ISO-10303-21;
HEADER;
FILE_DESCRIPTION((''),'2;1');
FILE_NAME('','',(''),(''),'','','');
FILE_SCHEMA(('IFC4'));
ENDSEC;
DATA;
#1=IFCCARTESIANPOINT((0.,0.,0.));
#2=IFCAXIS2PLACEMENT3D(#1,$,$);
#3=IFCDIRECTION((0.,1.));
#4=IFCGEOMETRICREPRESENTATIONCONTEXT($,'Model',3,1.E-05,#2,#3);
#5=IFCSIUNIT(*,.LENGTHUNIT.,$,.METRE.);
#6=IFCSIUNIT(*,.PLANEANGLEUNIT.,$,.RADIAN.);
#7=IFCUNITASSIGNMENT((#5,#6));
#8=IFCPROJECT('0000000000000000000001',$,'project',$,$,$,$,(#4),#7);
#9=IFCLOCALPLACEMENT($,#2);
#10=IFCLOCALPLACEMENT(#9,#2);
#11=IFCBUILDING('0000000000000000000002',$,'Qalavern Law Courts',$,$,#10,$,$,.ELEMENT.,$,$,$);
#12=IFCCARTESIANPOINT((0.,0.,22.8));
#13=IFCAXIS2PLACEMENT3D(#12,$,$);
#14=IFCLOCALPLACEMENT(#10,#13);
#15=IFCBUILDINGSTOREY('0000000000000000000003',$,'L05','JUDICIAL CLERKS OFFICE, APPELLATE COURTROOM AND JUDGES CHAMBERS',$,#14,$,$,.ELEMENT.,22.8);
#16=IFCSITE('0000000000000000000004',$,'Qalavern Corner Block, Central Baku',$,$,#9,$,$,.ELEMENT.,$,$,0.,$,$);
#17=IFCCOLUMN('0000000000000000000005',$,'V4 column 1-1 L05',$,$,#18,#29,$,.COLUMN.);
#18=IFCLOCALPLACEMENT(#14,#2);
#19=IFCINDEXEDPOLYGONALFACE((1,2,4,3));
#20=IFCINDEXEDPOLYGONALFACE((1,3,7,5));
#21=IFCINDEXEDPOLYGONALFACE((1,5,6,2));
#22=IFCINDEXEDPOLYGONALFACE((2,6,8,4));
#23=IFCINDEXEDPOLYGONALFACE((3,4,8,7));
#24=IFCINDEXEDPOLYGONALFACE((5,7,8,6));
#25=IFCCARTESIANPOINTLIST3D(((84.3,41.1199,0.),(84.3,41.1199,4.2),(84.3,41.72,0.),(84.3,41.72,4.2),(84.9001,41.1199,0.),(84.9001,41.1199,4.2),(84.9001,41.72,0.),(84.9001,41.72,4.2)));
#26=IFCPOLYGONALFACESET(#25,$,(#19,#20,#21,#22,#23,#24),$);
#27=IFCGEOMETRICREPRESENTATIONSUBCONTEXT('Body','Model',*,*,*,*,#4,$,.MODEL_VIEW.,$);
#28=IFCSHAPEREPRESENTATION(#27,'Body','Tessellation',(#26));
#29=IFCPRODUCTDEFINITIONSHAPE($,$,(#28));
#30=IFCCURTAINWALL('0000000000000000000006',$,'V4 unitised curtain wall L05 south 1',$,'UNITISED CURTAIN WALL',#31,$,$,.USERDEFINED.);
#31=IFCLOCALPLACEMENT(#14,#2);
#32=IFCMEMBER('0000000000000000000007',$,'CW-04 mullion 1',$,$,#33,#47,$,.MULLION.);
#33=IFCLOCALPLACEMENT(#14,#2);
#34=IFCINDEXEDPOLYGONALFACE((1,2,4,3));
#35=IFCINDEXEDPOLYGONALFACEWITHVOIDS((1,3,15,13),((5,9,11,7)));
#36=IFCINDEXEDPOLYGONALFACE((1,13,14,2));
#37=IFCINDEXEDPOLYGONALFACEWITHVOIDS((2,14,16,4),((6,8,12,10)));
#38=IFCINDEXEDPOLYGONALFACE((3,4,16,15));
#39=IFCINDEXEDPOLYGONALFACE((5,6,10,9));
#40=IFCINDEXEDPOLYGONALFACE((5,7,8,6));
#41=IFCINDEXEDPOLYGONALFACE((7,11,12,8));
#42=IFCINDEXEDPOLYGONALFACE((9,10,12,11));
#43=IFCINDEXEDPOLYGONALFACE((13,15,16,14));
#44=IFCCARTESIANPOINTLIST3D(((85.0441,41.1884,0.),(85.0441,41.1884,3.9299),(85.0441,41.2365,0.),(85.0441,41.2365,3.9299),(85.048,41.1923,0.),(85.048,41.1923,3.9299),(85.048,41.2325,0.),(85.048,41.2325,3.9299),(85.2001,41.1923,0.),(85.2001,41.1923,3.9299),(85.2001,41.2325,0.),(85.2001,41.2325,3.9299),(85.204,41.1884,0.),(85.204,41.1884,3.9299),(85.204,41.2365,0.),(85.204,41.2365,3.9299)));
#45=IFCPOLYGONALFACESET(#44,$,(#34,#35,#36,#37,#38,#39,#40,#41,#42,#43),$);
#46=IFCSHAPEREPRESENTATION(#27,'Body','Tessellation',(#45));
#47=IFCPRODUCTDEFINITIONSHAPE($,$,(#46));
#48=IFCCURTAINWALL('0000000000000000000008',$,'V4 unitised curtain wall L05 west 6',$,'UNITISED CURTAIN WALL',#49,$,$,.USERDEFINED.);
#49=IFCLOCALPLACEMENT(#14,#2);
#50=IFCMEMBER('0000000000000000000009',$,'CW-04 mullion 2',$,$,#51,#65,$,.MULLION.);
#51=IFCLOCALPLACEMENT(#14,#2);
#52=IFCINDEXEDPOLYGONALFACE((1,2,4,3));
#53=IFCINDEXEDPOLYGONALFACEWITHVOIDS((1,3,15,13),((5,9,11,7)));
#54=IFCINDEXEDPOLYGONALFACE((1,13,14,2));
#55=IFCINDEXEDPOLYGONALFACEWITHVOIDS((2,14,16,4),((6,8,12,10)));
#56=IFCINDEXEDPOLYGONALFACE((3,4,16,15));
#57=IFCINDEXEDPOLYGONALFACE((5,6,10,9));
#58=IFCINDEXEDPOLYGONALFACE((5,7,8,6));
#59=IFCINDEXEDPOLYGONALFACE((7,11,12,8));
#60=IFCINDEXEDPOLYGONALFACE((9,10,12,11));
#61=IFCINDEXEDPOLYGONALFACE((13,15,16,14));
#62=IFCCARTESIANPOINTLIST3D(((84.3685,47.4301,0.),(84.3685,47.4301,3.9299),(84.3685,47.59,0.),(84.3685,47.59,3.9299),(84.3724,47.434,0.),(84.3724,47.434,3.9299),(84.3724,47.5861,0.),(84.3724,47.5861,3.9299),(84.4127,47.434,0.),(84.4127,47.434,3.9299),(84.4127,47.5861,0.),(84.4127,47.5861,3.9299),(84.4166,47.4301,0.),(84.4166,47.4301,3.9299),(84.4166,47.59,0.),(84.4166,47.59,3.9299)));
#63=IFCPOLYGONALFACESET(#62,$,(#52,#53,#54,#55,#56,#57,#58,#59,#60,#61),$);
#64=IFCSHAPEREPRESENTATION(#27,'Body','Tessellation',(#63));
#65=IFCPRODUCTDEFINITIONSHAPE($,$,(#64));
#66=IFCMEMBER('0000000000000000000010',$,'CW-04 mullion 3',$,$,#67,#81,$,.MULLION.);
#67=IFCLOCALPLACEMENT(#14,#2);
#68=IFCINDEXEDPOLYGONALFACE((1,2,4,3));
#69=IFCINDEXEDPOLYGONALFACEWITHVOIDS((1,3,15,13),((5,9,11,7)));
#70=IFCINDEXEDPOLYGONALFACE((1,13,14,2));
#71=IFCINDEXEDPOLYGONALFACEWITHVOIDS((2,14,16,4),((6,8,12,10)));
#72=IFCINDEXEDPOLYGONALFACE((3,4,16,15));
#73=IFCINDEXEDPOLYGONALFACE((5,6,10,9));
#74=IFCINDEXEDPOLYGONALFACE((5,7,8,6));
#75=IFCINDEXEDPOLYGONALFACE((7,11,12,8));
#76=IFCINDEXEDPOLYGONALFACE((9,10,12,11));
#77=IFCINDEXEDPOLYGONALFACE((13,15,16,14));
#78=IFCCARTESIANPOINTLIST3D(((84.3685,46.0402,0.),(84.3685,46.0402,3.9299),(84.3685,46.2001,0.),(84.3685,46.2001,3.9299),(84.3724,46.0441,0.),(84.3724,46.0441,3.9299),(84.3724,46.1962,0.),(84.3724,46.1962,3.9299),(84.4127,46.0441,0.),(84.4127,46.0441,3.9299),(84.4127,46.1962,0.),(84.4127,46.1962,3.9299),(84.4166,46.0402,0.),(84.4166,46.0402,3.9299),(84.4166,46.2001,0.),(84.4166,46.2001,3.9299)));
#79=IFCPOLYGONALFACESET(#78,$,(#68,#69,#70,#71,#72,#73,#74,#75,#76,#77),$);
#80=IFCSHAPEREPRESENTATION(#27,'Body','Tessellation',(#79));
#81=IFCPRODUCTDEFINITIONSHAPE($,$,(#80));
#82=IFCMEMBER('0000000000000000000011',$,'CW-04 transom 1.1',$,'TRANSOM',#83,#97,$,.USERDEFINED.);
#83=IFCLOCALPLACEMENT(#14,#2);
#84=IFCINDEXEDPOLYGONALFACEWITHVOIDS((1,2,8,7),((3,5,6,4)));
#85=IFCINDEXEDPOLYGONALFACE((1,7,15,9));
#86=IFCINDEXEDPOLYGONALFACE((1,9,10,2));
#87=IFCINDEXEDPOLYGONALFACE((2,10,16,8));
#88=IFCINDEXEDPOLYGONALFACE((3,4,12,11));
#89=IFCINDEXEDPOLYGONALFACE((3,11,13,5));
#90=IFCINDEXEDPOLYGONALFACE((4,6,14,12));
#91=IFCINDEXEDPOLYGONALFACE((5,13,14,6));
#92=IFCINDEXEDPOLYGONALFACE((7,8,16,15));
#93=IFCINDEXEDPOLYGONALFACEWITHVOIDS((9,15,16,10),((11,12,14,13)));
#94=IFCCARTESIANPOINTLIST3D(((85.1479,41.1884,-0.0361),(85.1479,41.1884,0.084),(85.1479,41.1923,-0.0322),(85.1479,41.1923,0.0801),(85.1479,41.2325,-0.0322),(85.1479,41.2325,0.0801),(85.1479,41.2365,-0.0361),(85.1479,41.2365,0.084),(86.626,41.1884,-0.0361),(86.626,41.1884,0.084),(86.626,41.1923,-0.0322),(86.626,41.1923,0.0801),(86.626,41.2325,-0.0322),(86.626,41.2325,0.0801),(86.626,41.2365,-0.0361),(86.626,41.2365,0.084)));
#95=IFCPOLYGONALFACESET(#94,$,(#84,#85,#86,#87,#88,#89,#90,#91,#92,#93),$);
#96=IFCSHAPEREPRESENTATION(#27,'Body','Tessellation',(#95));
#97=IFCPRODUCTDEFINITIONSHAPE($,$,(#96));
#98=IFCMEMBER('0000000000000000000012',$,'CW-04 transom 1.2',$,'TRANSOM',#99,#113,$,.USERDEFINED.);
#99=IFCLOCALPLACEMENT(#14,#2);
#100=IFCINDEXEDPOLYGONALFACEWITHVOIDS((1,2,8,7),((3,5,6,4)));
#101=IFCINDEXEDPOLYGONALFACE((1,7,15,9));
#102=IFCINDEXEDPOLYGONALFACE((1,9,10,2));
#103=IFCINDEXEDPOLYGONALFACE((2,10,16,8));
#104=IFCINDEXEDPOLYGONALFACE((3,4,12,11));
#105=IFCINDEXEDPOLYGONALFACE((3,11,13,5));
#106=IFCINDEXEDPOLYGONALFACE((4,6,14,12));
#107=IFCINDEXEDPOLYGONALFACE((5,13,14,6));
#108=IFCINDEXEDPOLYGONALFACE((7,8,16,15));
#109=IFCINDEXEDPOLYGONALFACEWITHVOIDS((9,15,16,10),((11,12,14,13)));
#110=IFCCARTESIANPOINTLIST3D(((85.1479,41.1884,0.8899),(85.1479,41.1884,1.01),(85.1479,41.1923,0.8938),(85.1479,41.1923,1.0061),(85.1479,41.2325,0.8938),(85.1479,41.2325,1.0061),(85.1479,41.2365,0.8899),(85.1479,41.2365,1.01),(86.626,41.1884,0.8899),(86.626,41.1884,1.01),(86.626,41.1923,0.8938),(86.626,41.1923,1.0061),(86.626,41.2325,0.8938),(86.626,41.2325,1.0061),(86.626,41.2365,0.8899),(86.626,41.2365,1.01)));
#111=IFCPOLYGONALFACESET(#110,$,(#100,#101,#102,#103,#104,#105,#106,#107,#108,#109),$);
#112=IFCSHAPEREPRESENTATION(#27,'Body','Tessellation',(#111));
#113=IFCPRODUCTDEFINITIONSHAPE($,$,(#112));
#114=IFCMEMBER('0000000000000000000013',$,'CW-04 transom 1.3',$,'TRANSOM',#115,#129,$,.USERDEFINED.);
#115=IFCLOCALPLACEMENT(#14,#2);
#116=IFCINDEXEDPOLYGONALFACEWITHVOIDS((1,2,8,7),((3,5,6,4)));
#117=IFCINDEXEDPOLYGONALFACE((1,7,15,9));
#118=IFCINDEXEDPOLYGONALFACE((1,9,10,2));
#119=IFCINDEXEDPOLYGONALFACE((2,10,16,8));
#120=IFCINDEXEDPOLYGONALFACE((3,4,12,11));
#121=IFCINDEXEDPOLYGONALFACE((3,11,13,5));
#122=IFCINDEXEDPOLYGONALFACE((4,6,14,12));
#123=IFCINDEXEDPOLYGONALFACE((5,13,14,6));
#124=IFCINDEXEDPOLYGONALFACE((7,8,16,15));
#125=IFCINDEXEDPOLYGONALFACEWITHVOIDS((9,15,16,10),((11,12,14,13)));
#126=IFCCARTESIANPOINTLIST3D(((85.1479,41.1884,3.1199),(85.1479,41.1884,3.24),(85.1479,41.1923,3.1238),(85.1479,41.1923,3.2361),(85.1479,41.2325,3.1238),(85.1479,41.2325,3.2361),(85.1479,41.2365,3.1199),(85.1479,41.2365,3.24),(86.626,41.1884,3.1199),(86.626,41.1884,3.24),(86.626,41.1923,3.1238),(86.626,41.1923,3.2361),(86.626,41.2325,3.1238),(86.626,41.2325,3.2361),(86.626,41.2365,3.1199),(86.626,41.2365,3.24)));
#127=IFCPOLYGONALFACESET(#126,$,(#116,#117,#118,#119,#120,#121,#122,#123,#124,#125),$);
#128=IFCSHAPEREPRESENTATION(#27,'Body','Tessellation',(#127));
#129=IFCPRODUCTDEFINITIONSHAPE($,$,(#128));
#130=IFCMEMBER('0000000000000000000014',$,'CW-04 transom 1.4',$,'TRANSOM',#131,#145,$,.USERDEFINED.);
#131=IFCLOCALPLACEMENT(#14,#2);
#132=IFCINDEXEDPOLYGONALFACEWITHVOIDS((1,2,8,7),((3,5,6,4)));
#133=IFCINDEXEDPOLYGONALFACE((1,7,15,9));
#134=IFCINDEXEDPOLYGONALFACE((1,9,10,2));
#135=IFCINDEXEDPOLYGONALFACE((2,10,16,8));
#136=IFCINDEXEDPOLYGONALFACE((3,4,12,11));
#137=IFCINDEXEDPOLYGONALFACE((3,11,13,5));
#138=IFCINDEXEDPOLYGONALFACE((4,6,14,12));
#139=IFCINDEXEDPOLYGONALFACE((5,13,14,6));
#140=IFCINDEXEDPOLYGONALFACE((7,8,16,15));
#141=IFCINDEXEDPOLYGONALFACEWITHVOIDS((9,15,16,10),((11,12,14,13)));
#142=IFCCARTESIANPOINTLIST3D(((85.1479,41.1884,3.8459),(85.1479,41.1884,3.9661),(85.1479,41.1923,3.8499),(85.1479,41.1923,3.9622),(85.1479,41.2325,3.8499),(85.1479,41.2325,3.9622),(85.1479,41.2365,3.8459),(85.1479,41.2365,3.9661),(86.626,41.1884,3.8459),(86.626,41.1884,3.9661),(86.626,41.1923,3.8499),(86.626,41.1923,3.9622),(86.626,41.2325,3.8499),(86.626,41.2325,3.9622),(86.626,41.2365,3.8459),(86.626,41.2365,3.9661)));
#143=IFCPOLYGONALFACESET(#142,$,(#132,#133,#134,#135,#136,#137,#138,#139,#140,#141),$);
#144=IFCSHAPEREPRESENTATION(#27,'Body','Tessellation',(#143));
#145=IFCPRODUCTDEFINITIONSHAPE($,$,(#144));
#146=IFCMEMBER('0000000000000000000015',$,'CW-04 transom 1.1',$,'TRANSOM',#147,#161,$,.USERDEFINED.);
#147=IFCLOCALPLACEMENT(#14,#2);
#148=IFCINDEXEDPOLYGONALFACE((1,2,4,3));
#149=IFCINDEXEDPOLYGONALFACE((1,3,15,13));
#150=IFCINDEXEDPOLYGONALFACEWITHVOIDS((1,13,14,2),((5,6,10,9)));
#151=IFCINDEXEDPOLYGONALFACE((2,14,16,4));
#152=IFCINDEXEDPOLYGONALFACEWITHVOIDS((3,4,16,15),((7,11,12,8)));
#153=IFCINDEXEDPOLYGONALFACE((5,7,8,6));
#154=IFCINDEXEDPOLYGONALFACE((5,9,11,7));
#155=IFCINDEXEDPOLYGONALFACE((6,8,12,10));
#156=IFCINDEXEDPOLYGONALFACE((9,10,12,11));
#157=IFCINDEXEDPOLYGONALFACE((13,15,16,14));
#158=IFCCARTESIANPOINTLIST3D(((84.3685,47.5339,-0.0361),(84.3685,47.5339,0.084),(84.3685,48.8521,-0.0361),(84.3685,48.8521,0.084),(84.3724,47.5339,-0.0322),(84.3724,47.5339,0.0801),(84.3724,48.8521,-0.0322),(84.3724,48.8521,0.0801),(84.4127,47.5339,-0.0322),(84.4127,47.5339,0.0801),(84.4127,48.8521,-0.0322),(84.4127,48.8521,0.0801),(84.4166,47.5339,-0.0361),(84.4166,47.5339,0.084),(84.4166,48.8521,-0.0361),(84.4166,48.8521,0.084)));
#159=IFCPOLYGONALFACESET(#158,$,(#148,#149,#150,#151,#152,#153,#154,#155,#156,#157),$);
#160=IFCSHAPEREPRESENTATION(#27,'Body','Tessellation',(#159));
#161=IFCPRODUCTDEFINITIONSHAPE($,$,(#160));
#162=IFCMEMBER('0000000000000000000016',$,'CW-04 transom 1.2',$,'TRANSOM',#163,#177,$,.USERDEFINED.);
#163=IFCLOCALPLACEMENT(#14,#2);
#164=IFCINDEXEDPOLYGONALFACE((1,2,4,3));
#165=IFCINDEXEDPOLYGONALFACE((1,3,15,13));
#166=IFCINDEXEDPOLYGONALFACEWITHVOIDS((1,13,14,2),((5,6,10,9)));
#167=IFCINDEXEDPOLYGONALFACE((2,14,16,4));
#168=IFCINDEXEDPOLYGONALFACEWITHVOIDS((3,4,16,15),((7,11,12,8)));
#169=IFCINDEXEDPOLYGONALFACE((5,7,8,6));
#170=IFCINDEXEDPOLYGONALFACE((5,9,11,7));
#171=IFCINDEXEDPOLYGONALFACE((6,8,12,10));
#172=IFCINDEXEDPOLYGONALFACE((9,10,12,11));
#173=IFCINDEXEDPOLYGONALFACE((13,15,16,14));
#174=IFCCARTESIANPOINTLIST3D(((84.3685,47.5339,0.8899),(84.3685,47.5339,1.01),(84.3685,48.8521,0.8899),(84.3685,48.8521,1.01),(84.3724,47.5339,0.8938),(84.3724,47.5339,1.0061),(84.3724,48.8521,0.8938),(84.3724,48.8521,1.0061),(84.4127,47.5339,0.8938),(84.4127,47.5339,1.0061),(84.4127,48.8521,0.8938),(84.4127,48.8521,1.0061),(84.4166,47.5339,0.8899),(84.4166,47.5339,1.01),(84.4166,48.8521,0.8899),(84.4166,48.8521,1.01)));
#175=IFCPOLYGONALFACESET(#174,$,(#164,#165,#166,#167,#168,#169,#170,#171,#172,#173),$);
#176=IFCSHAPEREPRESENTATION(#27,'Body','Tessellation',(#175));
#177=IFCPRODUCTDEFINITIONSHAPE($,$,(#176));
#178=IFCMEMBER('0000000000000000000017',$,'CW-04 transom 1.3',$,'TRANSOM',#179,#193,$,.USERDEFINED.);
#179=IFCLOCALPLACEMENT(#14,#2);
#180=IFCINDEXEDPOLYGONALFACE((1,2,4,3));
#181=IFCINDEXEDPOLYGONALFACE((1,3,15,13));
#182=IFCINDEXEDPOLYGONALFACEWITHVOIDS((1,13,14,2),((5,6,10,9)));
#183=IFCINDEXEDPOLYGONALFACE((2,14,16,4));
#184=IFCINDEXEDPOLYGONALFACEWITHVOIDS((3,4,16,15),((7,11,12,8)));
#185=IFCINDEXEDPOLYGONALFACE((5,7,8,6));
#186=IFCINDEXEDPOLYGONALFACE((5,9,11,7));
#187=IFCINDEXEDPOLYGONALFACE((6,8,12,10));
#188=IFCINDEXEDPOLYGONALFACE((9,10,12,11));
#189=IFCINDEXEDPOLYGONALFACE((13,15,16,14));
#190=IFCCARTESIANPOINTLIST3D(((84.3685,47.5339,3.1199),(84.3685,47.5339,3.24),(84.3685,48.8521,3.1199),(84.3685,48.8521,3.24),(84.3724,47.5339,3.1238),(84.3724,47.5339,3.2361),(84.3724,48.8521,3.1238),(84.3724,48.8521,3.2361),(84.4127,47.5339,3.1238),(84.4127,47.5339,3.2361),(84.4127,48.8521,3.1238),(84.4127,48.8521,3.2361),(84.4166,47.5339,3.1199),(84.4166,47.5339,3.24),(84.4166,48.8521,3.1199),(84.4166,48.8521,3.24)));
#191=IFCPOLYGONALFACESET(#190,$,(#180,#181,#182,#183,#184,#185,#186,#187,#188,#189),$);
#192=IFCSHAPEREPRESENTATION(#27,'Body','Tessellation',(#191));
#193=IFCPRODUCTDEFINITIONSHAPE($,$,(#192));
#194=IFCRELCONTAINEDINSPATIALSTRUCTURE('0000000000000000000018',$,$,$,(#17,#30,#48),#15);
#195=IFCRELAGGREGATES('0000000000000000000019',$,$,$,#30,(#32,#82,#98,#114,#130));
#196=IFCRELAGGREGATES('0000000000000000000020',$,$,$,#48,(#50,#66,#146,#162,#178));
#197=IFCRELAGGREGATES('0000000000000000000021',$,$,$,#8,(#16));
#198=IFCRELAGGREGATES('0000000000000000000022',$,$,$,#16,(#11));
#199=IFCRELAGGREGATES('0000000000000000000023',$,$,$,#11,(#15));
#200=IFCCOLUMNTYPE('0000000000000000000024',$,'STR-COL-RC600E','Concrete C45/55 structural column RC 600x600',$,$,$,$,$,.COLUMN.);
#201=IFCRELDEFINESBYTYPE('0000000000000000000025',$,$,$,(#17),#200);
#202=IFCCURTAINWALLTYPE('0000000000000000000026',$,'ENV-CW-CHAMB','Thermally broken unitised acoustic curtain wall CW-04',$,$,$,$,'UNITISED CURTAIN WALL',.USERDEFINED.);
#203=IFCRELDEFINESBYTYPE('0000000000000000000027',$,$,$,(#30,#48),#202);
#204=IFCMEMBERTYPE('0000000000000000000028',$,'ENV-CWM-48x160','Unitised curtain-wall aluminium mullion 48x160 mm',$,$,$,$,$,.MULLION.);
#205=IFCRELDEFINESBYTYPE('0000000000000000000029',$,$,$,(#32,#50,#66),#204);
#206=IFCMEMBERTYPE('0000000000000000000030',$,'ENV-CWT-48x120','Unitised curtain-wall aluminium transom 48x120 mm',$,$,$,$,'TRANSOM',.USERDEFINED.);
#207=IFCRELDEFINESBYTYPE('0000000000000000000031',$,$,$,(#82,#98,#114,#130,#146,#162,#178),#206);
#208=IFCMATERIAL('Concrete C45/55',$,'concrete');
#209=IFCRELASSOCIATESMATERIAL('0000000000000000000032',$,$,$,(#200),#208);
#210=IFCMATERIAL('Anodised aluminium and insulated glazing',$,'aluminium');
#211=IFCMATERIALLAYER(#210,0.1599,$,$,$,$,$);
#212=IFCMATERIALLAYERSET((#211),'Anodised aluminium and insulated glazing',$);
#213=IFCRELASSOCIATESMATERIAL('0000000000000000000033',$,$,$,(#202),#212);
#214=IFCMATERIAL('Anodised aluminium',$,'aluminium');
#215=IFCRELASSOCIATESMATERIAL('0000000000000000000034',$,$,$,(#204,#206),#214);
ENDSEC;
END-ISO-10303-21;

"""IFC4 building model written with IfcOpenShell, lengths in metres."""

from ifc_helpers import new_model, si_unit, direction, frame, origin, origin_2d, place, context, subcontext, project, spatial, rectangle, hollow_rectangle, extrude, material, layer, layer_set, material_profile, profile_set, type_object, element, aggregate, save


model = new_model("IFC4")

# Units and contexts
model_context = context("Model", 3, precision=1e-05, world=origin(), true_north=direction((0.0, 1.0)))
body_context = subcontext(model_context, "Body", "Model", "MODEL_VIEW")
ifc_project = project(units=[si_unit("LENGTHUNIT", "METRE"), si_unit("PLANEANGLEUNIT", "RADIAN")], contexts=[model_context])

# Site, building, storey
site_placement = place(None, origin())
site = spatial("IfcSite", under=ifc_project, at=site_placement, Name="Qalavern Corner Block, Central Baku", CompositionType="ELEMENT", RefElevation=0.0)
building_placement = place(site_placement, origin())
building = spatial("IfcBuilding", under=site, at=building_placement, Name="Qalavern Law Courts", CompositionType="ELEMENT")
storey_placement = place(building_placement, frame((0.0, 0.0, 22.8)))
storey = spatial("IfcBuildingStorey", under=building, at=storey_placement, Name="L05", Description="JUDICIAL CLERKS OFFICE, APPELLATE COURTROOM AND JUDGES CHAMBERS", CompositionType="ELEMENT", Elevation=22.8)

# Column
ifc_material_1 = material(Name="Concrete C45/55", Category="concrete")
ifc_material_profile_1 = material_profile(ifc_material_1, rectangle(XDim=0.6001, YDim=0.6001, at=origin_2d()), Name="RC 600x600")
ifc_profile_set_1 = profile_set([ifc_material_profile_1], Name="Concrete C45/55")
column_type = type_object("IfcColumnType", Name="STR-COL-RC600E", Description="Concrete C45/55 structural column RC 600x600", PredefinedType="COLUMN", material=ifc_profile_set_1)
column_placement = place(storey_placement, frame((84.6001, 41.4199, 0.0), z_axis=(0.0, 0.0, 1.0), x_axis=(1.0, 0.0, 0.0)))
element("IfcColumn", 1, at=column_placement, inside=storey, type_object=column_type, Name="V4 column 1-1 L05", PredefinedType="COLUMN", context=body_context, shape_type="SweptSolid", body=[
    extrude(rectangle(XDim=0.6001, YDim=0.6001, at=origin_2d()), origin(), (0.0, 0.0, 1.0), 4.2),
])

# Curtain wall, member
ifc_material_2 = material(Name="Anodised aluminium and insulated glazing", Category="aluminium")
ifc_layer_1 = layer(ifc_material_2, 0.1599)
ifc_layer_set_1 = layer_set([ifc_layer_1], Name="Anodised aluminium and insulated glazing")
curtain_wall_type = type_object("IfcCurtainWallType", Name="ENV-CW-CHAMB", Description="Thermally broken unitised acoustic curtain wall CW-04", ElementType="UNITISED CURTAIN WALL", PredefinedType="USERDEFINED", material=ifc_layer_set_1)
curtain_wall_1_placement = place(storey_placement, origin())
curtain_wall_1 = element("IfcCurtainWall", 2, at=curtain_wall_1_placement, inside=storey, type_object=curtain_wall_type, Name="V4 unitised curtain wall L05 south 1", ObjectType="UNITISED CURTAIN WALL", PredefinedType="USERDEFINED")
ifc_material_3 = material(Name="Anodised aluminium", Category="aluminium")
ifc_material_profile_2 = material_profile(ifc_material_3, hollow_rectangle(XDim=0.0481, YDim=0.1599, WallThickness=0.0039, at=origin_2d()), Name="ALU MULLION 48x160")
ifc_profile_set_2 = profile_set([ifc_material_profile_2], Name="Anodised aluminium")
member_type_1 = type_object("IfcMemberType", Name="ENV-CWM-48x160", Description="Unitised curtain-wall aluminium mullion 48x160 mm", PredefinedType="MULLION", material=ifc_profile_set_2)
member_1_placement = place(storey_placement, frame((85.124, 41.2124, 0.0), z_axis=(0.0, 0.0, 1.0), x_axis=(0.0, 1.0, 0.0)))
member_1 = element("IfcMember", 3, at=member_1_placement, type_object=member_type_1, Name="CW-04 mullion 1", PredefinedType="MULLION", context=body_context, shape_type="SweptSolid", body=[
    extrude(hollow_rectangle(XDim=0.0481, YDim=0.1599, WallThickness=0.0039, at=origin_2d()), origin(), (0.0, 0.0, 1.0), 3.9299),
])

# Curtain wall, members
curtain_wall_2_placement = place(storey_placement, origin())
curtain_wall_2 = element("IfcCurtainWall", 4, at=curtain_wall_2_placement, inside=storey, type_object=curtain_wall_type, Name="V4 unitised curtain wall L05 west 6", ObjectType="UNITISED CURTAIN WALL", PredefinedType="USERDEFINED")
member_2_placement = place(storey_placement, frame((84.3926, 47.51, 0.0), z_axis=(0.0, 0.0, 1.0), x_axis=(1.0, 0.0, 0.0)))
member_2 = element("IfcMember", 5, at=member_2_placement, type_object=member_type_1, Name="CW-04 mullion 2", PredefinedType="MULLION", context=body_context, shape_type="SweptSolid", body=[
    extrude(hollow_rectangle(XDim=0.0481, YDim=0.1599, WallThickness=0.0039, at=origin_2d()), origin(), (0.0, 0.0, 1.0), 3.9299),
])
member_3_placement = place(storey_placement, frame((84.3926, 46.1201, 0.0), z_axis=(0.0, 0.0, 1.0), x_axis=(1.0, 0.0, 0.0)))
member_3 = element("IfcMember", 6, at=member_3_placement, type_object=member_type_1, Name="CW-04 mullion 3", PredefinedType="MULLION", context=body_context, shape_type="SweptSolid", body=[
    extrude(hollow_rectangle(XDim=0.0481, YDim=0.1599, WallThickness=0.0039, at=origin_2d()), origin(), (0.0, 0.0, 1.0), 3.9299),
])

# Members
ifc_material_profile_3 = material_profile(ifc_material_3, hollow_rectangle(XDim=0.0481, YDim=0.1201, WallThickness=0.0039, at=origin_2d()), Name="ALU TRANSOM 48x120")
ifc_profile_set_3 = profile_set([ifc_material_profile_3], Name="Anodised aluminium")
member_type_2 = type_object("IfcMemberType", Name="ENV-CWT-48x120", Description="Unitised curtain-wall aluminium transom 48x120 mm", ElementType="TRANSOM", PredefinedType="USERDEFINED", material=ifc_profile_set_3)
member_4_placement = place(storey_placement, frame((85.1479, 41.2124, 0.0239), z_axis=(1.0, 0.0, 0.0), x_axis=(0.0, 1.0, 0.0)))
member_4 = element("IfcMember", 7, at=member_4_placement, type_object=member_type_2, Name="CW-04 transom 1.1", ObjectType="TRANSOM", PredefinedType="USERDEFINED", context=body_context, shape_type="SweptSolid", body=[
    extrude(hollow_rectangle(XDim=0.0481, YDim=0.1201, WallThickness=0.0039, at=origin_2d()), origin(), (0.0, 0.0, 1.0), 1.478),
])
member_5_placement = place(storey_placement, frame((85.1479, 41.2124, 0.95), z_axis=(1.0, 0.0, 0.0), x_axis=(0.0, 1.0, 0.0)))
member_5 = element("IfcMember", 8, at=member_5_placement, type_object=member_type_2, Name="CW-04 transom 1.2", ObjectType="TRANSOM", PredefinedType="USERDEFINED", context=body_context, shape_type="SweptSolid", body=[
    extrude(hollow_rectangle(XDim=0.0481, YDim=0.1201, WallThickness=0.0039, at=origin_2d()), origin(), (0.0, 0.0, 1.0), 1.478),
])
member_6_placement = place(storey_placement, frame((85.1479, 41.2124, 3.1799), z_axis=(1.0, 0.0, 0.0), x_axis=(0.0, 1.0, 0.0)))
member_6 = element("IfcMember", 9, at=member_6_placement, type_object=member_type_2, Name="CW-04 transom 1.3", ObjectType="TRANSOM", PredefinedType="USERDEFINED", context=body_context, shape_type="SweptSolid", body=[
    extrude(hollow_rectangle(XDim=0.0481, YDim=0.1201, WallThickness=0.0039, at=origin_2d()), origin(), (0.0, 0.0, 1.0), 1.478),
])
member_7_placement = place(storey_placement, frame((85.1479, 41.2124, 3.906), z_axis=(1.0, 0.0, 0.0), x_axis=(0.0, 1.0, 0.0)))
member_7 = element("IfcMember", 10, at=member_7_placement, type_object=member_type_2, Name="CW-04 transom 1.4", ObjectType="TRANSOM", PredefinedType="USERDEFINED", context=body_context, shape_type="SweptSolid", body=[
    extrude(hollow_rectangle(XDim=0.0481, YDim=0.1201, WallThickness=0.0039, at=origin_2d()), origin(), (0.0, 0.0, 1.0), 1.478),
])
member_8_placement = place(storey_placement, frame((84.3926, 48.8521, 0.0239), z_axis=(0.0, -1.0, 0.0), x_axis=(1.0, 0.0, 0.0)))
member_8 = element("IfcMember", 11, at=member_8_placement, type_object=member_type_2, Name="CW-04 transom 1.1", ObjectType="TRANSOM", PredefinedType="USERDEFINED", context=body_context, shape_type="SweptSolid", body=[
    extrude(hollow_rectangle(XDim=0.0481, YDim=0.1201, WallThickness=0.0039, at=origin_2d()), origin(), (0.0, 0.0, 1.0), 1.3181),
])
member_9_placement = place(storey_placement, frame((84.3926, 48.8521, 0.95), z_axis=(0.0, -1.0, 0.0), x_axis=(1.0, 0.0, 0.0)))
member_9 = element("IfcMember", 12, at=member_9_placement, type_object=member_type_2, Name="CW-04 transom 1.2", ObjectType="TRANSOM", PredefinedType="USERDEFINED", context=body_context, shape_type="SweptSolid", body=[
    extrude(hollow_rectangle(XDim=0.0481, YDim=0.1201, WallThickness=0.0039, at=origin_2d()), origin(), (0.0, 0.0, 1.0), 1.3181),
])
member_10_placement = place(storey_placement, frame((84.3926, 48.8521, 3.1799), z_axis=(0.0, -1.0, 0.0), x_axis=(1.0, 0.0, 0.0)))
member_10 = element("IfcMember", 13, at=member_10_placement, type_object=member_type_2, Name="CW-04 transom 1.3", ObjectType="TRANSOM", PredefinedType="USERDEFINED", context=body_context, shape_type="SweptSolid", body=[
    extrude(hollow_rectangle(XDim=0.0481, YDim=0.1201, WallThickness=0.0039, at=origin_2d()), origin(), (0.0, 0.0, 1.0), 1.3181),
])

aggregate(curtain_wall_1, [member_1, member_4, member_5, member_6, member_7])
aggregate(curtain_wall_2, [member_2, member_3, member_8, member_9, member_10])

save(model, "model.ifc")
